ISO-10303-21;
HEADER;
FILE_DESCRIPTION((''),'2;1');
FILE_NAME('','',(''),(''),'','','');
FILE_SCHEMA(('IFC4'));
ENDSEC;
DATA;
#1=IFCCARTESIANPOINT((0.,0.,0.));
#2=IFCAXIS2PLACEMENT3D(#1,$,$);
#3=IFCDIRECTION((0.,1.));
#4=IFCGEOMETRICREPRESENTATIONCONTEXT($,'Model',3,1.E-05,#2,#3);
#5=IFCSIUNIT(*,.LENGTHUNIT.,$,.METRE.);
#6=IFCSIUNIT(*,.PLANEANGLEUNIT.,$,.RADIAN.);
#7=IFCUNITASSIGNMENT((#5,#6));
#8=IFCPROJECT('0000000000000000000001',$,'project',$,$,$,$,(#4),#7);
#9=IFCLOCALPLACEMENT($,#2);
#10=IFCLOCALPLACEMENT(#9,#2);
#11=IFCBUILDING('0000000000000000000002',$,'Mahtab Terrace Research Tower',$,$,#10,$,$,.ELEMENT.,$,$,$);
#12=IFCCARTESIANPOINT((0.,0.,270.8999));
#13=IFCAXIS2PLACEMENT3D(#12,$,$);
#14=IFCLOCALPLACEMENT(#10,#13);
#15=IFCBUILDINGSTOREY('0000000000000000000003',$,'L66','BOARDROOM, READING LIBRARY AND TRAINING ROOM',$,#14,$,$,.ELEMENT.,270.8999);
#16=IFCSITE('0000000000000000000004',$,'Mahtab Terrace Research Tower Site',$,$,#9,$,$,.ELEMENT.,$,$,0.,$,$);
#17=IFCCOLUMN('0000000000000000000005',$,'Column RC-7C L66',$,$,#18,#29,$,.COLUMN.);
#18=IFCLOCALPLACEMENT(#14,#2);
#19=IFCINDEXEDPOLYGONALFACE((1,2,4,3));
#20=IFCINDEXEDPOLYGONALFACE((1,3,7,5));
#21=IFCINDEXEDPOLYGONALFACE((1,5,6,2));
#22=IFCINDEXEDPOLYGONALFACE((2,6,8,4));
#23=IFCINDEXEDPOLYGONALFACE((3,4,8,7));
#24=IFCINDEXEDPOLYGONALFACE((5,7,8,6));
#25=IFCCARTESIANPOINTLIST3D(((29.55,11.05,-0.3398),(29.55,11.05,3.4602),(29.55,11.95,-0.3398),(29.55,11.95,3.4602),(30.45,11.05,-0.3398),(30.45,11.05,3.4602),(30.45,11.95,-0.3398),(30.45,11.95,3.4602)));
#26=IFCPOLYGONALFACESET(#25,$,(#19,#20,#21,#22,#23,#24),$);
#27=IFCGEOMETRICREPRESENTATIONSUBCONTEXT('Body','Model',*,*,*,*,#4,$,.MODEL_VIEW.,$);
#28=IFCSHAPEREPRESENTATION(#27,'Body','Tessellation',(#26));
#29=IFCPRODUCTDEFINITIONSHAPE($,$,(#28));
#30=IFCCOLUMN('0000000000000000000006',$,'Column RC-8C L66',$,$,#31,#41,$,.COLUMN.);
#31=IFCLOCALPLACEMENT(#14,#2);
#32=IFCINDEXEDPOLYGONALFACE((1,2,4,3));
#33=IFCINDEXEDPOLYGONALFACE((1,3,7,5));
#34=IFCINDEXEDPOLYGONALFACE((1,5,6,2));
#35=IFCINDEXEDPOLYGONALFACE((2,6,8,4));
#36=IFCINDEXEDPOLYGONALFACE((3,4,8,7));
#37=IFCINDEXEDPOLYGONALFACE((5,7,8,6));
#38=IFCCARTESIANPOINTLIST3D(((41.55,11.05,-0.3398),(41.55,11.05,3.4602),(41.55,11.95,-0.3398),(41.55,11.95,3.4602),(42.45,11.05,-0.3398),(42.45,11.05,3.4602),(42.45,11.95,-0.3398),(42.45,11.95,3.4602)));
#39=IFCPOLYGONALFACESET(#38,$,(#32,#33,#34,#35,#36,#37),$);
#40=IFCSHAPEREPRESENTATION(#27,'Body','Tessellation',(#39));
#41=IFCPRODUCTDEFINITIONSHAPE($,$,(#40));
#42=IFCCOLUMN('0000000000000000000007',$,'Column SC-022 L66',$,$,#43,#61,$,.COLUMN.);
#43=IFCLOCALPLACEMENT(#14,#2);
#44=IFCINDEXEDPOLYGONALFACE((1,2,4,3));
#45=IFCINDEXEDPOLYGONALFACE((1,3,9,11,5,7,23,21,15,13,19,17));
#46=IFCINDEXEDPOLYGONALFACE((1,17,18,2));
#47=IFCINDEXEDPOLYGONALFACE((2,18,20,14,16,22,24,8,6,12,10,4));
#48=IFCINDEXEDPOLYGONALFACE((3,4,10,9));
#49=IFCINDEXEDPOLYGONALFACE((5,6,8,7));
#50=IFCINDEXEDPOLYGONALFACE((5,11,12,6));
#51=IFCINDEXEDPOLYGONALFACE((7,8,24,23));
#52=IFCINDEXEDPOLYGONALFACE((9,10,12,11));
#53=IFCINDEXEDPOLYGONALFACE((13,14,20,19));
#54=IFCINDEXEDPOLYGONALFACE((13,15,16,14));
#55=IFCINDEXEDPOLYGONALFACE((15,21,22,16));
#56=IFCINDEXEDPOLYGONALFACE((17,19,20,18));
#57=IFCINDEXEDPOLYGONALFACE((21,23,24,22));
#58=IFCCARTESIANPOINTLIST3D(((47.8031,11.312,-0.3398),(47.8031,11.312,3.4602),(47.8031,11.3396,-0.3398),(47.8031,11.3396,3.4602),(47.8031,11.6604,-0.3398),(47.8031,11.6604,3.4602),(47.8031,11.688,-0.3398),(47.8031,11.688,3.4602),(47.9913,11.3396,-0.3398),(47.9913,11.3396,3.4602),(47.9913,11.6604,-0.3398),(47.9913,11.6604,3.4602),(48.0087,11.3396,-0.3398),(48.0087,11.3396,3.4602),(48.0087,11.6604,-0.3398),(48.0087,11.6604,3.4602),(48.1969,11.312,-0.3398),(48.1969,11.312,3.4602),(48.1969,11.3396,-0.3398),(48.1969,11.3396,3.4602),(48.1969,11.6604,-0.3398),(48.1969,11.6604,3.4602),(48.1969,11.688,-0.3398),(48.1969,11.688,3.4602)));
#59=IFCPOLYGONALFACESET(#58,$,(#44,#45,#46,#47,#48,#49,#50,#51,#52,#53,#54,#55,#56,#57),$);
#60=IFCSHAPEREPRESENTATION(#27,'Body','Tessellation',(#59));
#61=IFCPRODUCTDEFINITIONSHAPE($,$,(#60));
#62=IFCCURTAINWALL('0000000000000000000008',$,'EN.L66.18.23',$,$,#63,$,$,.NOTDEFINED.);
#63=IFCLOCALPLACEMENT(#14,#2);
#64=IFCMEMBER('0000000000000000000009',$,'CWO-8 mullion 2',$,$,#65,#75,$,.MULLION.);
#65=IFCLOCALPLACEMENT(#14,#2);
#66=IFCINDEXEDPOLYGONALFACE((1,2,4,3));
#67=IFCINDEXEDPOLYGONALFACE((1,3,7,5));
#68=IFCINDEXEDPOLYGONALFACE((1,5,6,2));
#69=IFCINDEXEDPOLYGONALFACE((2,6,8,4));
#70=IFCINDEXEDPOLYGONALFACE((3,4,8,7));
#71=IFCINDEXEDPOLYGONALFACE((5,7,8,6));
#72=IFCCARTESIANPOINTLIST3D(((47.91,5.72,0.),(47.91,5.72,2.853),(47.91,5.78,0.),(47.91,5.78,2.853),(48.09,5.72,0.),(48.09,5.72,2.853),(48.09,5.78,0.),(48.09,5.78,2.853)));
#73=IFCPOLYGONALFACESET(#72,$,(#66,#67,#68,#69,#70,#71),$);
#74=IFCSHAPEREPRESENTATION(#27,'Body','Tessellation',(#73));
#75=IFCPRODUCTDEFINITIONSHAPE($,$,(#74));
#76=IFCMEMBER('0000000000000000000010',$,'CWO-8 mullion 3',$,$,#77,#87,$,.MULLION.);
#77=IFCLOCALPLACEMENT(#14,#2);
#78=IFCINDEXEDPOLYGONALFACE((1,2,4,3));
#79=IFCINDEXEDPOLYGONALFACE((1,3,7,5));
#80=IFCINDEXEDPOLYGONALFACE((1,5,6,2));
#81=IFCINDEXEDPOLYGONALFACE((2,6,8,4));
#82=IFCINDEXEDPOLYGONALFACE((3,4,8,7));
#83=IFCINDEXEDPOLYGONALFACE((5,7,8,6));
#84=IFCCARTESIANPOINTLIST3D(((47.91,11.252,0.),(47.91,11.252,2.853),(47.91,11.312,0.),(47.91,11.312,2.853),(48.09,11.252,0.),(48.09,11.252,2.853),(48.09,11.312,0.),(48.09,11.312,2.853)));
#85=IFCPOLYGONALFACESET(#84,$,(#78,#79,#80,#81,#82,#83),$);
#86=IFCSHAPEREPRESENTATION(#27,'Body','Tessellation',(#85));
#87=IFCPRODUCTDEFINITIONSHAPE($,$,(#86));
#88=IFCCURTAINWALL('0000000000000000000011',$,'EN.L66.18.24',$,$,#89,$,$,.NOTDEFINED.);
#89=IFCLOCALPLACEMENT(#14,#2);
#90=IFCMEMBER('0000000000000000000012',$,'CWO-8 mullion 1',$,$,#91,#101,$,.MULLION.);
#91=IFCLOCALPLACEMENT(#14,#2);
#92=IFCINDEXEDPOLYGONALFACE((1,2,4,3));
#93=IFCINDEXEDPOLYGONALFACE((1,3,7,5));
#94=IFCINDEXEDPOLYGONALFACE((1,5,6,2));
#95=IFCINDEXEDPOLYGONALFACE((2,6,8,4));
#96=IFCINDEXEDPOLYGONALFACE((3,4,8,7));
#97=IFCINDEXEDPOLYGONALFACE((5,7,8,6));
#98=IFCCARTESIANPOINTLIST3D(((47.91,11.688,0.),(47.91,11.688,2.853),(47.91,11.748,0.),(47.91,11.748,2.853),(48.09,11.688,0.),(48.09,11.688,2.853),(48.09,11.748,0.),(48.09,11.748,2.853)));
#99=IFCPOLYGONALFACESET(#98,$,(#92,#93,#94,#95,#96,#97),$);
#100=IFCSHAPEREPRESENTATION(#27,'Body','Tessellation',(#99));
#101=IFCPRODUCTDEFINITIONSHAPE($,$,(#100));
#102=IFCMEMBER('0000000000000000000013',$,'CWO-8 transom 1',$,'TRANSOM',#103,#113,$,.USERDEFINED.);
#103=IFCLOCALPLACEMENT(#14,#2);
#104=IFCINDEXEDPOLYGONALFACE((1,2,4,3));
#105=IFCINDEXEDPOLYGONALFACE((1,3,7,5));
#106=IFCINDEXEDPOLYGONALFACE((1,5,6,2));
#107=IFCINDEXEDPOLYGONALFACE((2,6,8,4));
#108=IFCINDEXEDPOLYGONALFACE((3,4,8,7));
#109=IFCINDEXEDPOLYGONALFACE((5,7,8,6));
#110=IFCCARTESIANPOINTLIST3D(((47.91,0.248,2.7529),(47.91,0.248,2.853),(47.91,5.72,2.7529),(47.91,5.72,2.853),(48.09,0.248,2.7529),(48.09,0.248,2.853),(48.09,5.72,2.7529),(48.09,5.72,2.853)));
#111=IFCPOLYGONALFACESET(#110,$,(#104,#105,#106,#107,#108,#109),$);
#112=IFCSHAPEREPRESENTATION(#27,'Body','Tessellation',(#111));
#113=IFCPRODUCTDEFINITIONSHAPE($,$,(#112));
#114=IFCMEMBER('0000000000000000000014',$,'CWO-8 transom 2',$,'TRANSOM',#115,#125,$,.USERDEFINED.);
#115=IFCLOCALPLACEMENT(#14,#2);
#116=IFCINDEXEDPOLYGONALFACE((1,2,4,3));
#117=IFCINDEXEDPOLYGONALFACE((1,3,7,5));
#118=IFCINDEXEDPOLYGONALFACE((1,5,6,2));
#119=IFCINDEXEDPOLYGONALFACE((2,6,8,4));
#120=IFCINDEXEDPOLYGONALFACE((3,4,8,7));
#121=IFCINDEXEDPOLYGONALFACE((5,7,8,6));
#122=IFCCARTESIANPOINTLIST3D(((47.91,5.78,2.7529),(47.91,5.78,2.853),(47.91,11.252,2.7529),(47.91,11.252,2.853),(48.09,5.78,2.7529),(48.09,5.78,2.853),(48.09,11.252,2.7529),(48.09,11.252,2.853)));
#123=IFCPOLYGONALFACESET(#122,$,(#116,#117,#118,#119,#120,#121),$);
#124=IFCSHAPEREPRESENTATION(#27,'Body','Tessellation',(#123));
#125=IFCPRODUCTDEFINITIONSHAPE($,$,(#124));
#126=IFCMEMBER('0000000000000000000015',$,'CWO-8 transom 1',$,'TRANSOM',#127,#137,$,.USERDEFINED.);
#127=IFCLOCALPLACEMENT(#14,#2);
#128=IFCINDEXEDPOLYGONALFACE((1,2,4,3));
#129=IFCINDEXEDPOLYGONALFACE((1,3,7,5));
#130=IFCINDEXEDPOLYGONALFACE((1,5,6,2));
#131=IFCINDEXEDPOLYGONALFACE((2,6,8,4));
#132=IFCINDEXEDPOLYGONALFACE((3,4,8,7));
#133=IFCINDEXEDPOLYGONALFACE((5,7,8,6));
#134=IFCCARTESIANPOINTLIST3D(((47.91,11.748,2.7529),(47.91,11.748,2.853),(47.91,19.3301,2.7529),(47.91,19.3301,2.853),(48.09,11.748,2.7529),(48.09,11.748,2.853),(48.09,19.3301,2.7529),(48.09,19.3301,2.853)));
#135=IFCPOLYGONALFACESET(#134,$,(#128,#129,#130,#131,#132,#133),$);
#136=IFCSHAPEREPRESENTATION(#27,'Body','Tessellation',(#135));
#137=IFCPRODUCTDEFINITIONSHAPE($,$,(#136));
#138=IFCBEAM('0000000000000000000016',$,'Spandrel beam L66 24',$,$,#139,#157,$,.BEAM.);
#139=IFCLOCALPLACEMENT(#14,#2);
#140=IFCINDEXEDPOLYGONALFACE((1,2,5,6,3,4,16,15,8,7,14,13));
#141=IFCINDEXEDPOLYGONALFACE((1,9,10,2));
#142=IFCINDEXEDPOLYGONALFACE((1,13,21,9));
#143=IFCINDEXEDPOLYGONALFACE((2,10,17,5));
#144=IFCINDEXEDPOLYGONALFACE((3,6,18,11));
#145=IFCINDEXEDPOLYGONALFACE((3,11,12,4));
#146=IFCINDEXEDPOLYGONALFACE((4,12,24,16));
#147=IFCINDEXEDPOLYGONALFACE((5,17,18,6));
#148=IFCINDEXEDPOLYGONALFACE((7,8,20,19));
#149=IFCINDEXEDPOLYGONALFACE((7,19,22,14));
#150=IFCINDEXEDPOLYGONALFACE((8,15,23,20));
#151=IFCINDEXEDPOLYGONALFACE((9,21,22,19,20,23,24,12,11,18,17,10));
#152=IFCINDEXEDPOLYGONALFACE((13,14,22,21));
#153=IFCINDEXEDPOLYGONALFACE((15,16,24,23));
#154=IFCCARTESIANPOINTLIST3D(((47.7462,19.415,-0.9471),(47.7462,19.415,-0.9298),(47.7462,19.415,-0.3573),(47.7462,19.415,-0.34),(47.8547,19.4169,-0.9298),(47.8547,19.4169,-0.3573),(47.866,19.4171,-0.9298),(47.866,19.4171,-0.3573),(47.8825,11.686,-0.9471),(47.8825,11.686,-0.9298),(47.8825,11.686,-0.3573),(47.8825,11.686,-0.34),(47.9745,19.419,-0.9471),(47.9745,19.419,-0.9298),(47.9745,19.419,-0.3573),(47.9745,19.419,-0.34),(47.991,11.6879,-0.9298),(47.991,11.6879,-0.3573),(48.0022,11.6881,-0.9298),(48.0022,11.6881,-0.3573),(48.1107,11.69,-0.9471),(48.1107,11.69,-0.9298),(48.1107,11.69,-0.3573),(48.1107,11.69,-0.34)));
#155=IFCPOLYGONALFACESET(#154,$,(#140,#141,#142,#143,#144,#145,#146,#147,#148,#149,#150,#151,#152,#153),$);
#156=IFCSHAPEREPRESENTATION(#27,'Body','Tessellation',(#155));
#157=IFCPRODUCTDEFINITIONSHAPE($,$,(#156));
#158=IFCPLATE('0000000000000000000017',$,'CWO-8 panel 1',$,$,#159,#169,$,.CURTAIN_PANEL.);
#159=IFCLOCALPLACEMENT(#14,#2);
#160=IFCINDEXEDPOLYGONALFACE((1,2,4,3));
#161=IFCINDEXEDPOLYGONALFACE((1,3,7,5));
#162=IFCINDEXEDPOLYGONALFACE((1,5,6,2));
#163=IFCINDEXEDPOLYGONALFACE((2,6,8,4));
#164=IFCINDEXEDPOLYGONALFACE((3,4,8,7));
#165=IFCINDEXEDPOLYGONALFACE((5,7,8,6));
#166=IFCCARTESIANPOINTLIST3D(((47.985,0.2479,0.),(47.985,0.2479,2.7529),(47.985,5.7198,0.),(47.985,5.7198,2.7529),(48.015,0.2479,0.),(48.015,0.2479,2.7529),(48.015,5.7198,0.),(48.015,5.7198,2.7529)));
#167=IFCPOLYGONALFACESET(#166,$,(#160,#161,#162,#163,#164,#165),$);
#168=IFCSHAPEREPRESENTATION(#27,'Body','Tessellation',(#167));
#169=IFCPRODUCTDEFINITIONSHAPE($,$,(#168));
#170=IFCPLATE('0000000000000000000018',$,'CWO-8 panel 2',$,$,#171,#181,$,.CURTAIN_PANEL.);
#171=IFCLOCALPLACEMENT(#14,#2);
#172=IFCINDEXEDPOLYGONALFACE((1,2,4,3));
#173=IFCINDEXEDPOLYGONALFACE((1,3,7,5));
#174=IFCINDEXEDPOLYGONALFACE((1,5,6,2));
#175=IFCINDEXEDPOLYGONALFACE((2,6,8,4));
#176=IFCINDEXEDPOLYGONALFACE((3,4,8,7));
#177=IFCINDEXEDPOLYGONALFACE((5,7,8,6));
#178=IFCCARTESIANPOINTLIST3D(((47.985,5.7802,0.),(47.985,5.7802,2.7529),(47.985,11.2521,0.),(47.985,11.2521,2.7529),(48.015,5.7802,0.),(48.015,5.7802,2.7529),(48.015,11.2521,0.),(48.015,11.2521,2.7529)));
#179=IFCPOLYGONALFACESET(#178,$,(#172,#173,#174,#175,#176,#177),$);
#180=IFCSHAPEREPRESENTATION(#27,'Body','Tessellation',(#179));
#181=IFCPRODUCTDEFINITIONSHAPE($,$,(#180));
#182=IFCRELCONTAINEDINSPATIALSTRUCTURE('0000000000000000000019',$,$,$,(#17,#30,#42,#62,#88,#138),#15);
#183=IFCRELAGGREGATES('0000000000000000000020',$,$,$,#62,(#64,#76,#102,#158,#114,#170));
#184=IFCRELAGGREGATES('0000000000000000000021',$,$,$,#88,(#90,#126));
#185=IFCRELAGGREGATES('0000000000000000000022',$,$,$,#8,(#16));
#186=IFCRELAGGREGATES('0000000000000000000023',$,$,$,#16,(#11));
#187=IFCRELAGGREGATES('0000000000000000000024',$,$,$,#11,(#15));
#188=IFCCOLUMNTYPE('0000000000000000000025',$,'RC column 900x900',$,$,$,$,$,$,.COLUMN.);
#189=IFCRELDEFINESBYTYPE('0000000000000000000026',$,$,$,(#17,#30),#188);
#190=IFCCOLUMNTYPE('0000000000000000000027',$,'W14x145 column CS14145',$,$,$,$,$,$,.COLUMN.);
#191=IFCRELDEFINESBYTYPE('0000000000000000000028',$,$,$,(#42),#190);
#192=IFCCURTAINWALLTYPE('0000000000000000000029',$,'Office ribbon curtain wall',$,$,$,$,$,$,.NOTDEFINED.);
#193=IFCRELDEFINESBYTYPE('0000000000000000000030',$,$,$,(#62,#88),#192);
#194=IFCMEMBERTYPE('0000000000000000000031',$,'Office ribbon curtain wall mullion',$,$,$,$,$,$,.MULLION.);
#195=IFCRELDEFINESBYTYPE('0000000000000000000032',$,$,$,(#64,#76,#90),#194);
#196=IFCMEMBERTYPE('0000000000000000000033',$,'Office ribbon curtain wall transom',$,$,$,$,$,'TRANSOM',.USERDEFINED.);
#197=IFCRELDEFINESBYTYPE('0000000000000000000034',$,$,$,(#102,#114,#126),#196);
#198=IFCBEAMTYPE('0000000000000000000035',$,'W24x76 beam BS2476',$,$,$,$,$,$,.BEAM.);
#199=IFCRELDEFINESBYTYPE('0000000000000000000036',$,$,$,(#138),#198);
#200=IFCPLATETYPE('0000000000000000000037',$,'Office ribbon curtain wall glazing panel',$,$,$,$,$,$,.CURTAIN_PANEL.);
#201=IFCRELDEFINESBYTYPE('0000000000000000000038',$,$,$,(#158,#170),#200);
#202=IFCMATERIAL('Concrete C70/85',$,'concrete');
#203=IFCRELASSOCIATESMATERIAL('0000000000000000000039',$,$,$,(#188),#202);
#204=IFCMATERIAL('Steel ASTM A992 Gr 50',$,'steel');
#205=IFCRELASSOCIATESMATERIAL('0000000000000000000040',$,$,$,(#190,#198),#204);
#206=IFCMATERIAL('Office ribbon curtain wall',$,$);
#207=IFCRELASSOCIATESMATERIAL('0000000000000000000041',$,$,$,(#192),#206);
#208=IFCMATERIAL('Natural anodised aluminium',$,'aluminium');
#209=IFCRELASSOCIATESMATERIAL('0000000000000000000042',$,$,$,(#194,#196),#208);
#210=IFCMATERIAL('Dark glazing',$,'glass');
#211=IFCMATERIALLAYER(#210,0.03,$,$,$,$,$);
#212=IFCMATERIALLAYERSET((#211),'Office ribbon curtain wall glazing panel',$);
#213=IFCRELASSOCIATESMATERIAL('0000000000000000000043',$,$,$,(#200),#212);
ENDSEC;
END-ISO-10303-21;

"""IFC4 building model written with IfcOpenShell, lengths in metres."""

from ifc_helpers import new_model, si_unit, direction, frame, origin, origin_2d, place, context, subcontext, project, spatial, rectangle, i_section, extrude, material, layer, layer_set, material_profile, profile_set, type_object, element, aggregate, save


model = new_model("IFC4")

# Units and contexts
model_context = context("Model", 3, precision=1e-05, world=origin(), true_north=direction((0.0, 1.0)))
body_context = subcontext(model_context, "Body", "Model", "MODEL_VIEW")
ifc_project = project(units=[si_unit("LENGTHUNIT", "METRE"), si_unit("PLANEANGLEUNIT", "RADIAN")], contexts=[model_context])

# Site, building, storey
site_placement = place(None, origin())
site = spatial("IfcSite", under=ifc_project, at=site_placement, Name="Mahtab Terrace Research Tower Site", CompositionType="ELEMENT", RefElevation=0.0)
building_placement = place(site_placement, origin())
building = spatial("IfcBuilding", under=site, at=building_placement, Name="Mahtab Terrace Research Tower", CompositionType="ELEMENT")
storey_placement = place(building_placement, frame((0.0, 0.0, 270.8999)))
storey = spatial("IfcBuildingStorey", under=building, at=storey_placement, Name="L66", Description="BOARDROOM, READING LIBRARY AND TRAINING ROOM", CompositionType="ELEMENT", Elevation=270.8999)

# Columns
ifc_material_1 = material(Name="Concrete C70/85", Category="concrete")
ifc_material_profile_1 = material_profile(ifc_material_1, rectangle(XDim=0.8999, YDim=0.8999, at=origin_2d()), Name="RC column 900x900")
ifc_profile_set_1 = profile_set([ifc_material_profile_1], Name="Concrete C70/85")
column_type_1 = type_object("IfcColumnType", Name="RC column 900x900", PredefinedType="COLUMN", material=ifc_profile_set_1)
for number, where, z_axis, x_axis, name in (
    (1, (30.0, 11.5, -0.3398), (0.0, 0.0, 1.0), (1.0, 0.0, 0.0), "Column RC-7C L66"),
    (2, (42.0, 11.5, -0.3398), (0.0, 0.0, 1.0), (1.0, 0.0, 0.0), "Column RC-8C L66"),
):
    element("IfcColumn", number, at=place(storey_placement, frame(where, z_axis=z_axis, x_axis=x_axis)), inside=storey, type_object=column_type_1, Name=name, PredefinedType="COLUMN", context=body_context, shape_type="SweptSolid", body=[
        extrude(rectangle(XDim=0.8999, YDim=0.8999, at=origin_2d()), origin(), (0.0, 0.0, 1.0), 3.8),
    ])
ifc_material_2 = material(Name="Steel ASTM A992 Gr 50", Category="steel")
ifc_material_profile_2 = material_profile(ifc_material_2, i_section(OverallWidth=0.3938, OverallDepth=0.376, WebThickness=0.0173, FlangeThickness=0.0276, at=origin_2d()), Name="W14X145")
ifc_profile_set_2 = profile_set([ifc_material_profile_2], Name="Steel ASTM A992 Gr 50")
column_type_2 = type_object("IfcColumnType", Name="W14x145 column CS14145", PredefinedType="COLUMN", material=ifc_profile_set_2)
column_placement = place(storey_placement, frame((48.0, 11.5, -0.3398), z_axis=(0.0, 0.0, 1.0), x_axis=(1.0, 0.0, 0.0)))
element("IfcColumn", 3, at=column_placement, inside=storey, type_object=column_type_2, Name="Column SC-022 L66", PredefinedType="COLUMN", context=body_context, shape_type="SweptSolid", body=[
    extrude(i_section(OverallWidth=0.3938, OverallDepth=0.376, WebThickness=0.0173, FlangeThickness=0.0276, at=origin_2d()), origin(), (0.0, 0.0, 1.0), 3.8),
])

# Curtain wall, members
ifc_material_3 = material(Name="Office ribbon curtain wall")
curtain_wall_type = type_object("IfcCurtainWallType", Name="Office ribbon curtain wall", PredefinedType="NOTDEFINED", material=ifc_material_3)
curtain_wall_1_placement = place(storey_placement, origin())
curtain_wall_1 = element("IfcCurtainWall", 4, at=curtain_wall_1_placement, inside=storey, type_object=curtain_wall_type, Name="EN.L66.18.23", PredefinedType="NOTDEFINED")
ifc_material_4 = material(Name="Natural anodised aluminium", Category="aluminium")
ifc_material_profile_3 = material_profile(ifc_material_4, rectangle(XDim=0.1799, YDim=0.0601, at=origin_2d()), Name="MULLION 60x180")
ifc_profile_set_3 = profile_set([ifc_material_profile_3], Name="Natural anodised aluminium")
member_type_1 = type_object("IfcMemberType", Name="Office ribbon curtain wall mullion", PredefinedType="MULLION", material=ifc_profile_set_3)
member_1_placement = place(storey_placement, frame((48.0, 5.75, 0.0), z_axis=(0.0, 0.0, 1.0), x_axis=(-1.0, 0.0, 0.0)))
member_1 = element("IfcMember", 5, at=member_1_placement, type_object=member_type_1, Name="CWO-8 mullion 2", PredefinedType="MULLION", context=body_context, shape_type="SweptSolid", body=[
    extrude(rectangle(XDim=0.1799, YDim=0.0601, at=origin_2d()), origin(), (0.0, 0.0, 1.0), 2.853),
])
member_2_placement = place(storey_placement, frame((48.0, 11.282, 0.0), z_axis=(0.0, 0.0, 1.0), x_axis=(-1.0, 0.0, 0.0)))
member_2 = element("IfcMember", 6, at=member_2_placement, type_object=member_type_1, Name="CWO-8 mullion 3", PredefinedType="MULLION", context=body_context, shape_type="SweptSolid", body=[
    extrude(rectangle(XDim=0.1799, YDim=0.0601, at=origin_2d()), origin(), (0.0, 0.0, 1.0), 2.853),
])

# Curtain wall, member
curtain_wall_2_placement = place(storey_placement, origin())
curtain_wall_2 = element("IfcCurtainWall", 7, at=curtain_wall_2_placement, inside=storey, type_object=curtain_wall_type, Name="EN.L66.18.24", PredefinedType="NOTDEFINED")
member_3_placement = place(storey_placement, frame((48.0, 11.718, 0.0), z_axis=(0.0, 0.0, 1.0), x_axis=(-1.0, 0.0, 0.0)))
member_3 = element("IfcMember", 8, at=member_3_placement, type_object=member_type_1, Name="CWO-8 mullion 1", PredefinedType="MULLION", context=body_context, shape_type="SweptSolid", body=[
    extrude(rectangle(XDim=0.1799, YDim=0.0601, at=origin_2d()), origin(), (0.0, 0.0, 1.0), 2.853),
])

# Members
ifc_material_profile_4 = material_profile(ifc_material_4, rectangle(XDim=0.1799, YDim=0.1001, at=origin_2d()), Name="TRANSOM 100x180")
ifc_profile_set_4 = profile_set([ifc_material_profile_4], Name="Natural anodised aluminium")
member_type_2 = type_object("IfcMemberType", Name="Office ribbon curtain wall transom", ElementType="TRANSOM", PredefinedType="USERDEFINED", material=ifc_profile_set_4)
member_4_placement = place(storey_placement, frame((48.0, 0.248, 2.803), z_axis=(0.0, 1.0, 0.0), x_axis=(-1.0, 0.0, 0.0)))
member_4 = element("IfcMember", 9, at=member_4_placement, type_object=member_type_2, Name="CWO-8 transom 1", ObjectType="TRANSOM", PredefinedType="USERDEFINED", context=body_context, shape_type="SweptSolid", body=[
    extrude(rectangle(XDim=0.1799, YDim=0.1001, at=origin_2d()), origin(), (0.0, 0.0, 1.0), 5.4719),
])
member_5_placement = place(storey_placement, frame((48.0, 5.78, 2.803), z_axis=(0.0, 1.0, 0.0), x_axis=(-1.0, 0.0, 0.0)))
member_5 = element("IfcMember", 10, at=member_5_placement, type_object=member_type_2, Name="CWO-8 transom 2", ObjectType="TRANSOM", PredefinedType="USERDEFINED", context=body_context, shape_type="SweptSolid", body=[
    extrude(rectangle(XDim=0.1799, YDim=0.1001, at=origin_2d()), origin(), (0.0, 0.0, 1.0), 5.4719),
])
member_6_placement = place(storey_placement, frame((48.0, 11.748, 2.803), z_axis=(0.0, 1.0, 0.0), x_axis=(-1.0, 0.0, 0.0)))
member_6 = element("IfcMember", 11, at=member_6_placement, type_object=member_type_2, Name="CWO-8 transom 1", ObjectType="TRANSOM", PredefinedType="USERDEFINED", context=body_context, shape_type="SweptSolid", body=[
    extrude(rectangle(XDim=0.1799, YDim=0.1001, at=origin_2d()), origin(), (0.0, 0.0, 1.0), 7.582),
])

# Beam
ifc_material_profile_5 = material_profile(ifc_material_2, i_section(OverallWidth=0.2283, OverallDepth=0.6072, WebThickness=0.0112, FlangeThickness=0.0173, at=origin_2d()), Name="W24X76")
ifc_profile_set_5 = profile_set([ifc_material_profile_5], Name="Steel ASTM A992 Gr 50")
beam_type = type_object("IfcBeamType", Name="W24x76 beam BS2476", PredefinedType="BEAM", material=ifc_profile_set_5)
beam_placement = place(storey_placement, frame((47.9966, 11.688, -0.6436), z_axis=(-0.017623, 0.999845, 0.0), x_axis=(-0.999845, -0.017623, 0.0)))
element("IfcBeam", 12, at=beam_placement, inside=storey, type_object=beam_type, Name="Spandrel beam L66 24", PredefinedType="BEAM", context=body_context, shape_type="SweptSolid", body=[
    extrude(i_section(OverallWidth=0.2283, OverallDepth=0.6072, WebThickness=0.0112, FlangeThickness=0.0173, at=origin_2d()), origin(), (0.0, 0.0, 1.0), 7.7302),
])

# Plates
ifc_material_5 = material(Name="Dark glazing", Category="glass")
ifc_layer_1 = layer(ifc_material_5, 0.03)
ifc_layer_set_1 = layer_set([ifc_layer_1], Name="Office ribbon curtain wall glazing panel")
plate_type = type_object("IfcPlateType", Name="Office ribbon curtain wall glazing panel", PredefinedType="CURTAIN_PANEL", material=ifc_layer_set_1)
plate_1_placement = place(storey_placement, frame((48.0, 2.9839, 0.0), z_axis=(0.0, 0.0, 1.0), x_axis=(0.0, 1.0, 0.0)))
plate_1 = element("IfcPlate", 13, at=plate_1_placement, type_object=plate_type, Name="CWO-8 panel 1", PredefinedType="CURTAIN_PANEL", context=body_context, shape_type="SweptSolid", body=[
    extrude(rectangle(XDim=5.4719, YDim=0.03, at=origin_2d()), origin(), (0.0, 0.0, 1.0), 2.7529),
])
plate_2_placement = place(storey_placement, frame((48.0, 8.5161, 0.0), z_axis=(0.0, 0.0, 1.0), x_axis=(0.0, 1.0, 0.0)))
plate_2 = element("IfcPlate", 14, at=plate_2_placement, type_object=plate_type, Name="CWO-8 panel 2", PredefinedType="CURTAIN_PANEL", context=body_context, shape_type="SweptSolid", body=[
    extrude(rectangle(XDim=5.4719, YDim=0.03, at=origin_2d()), origin(), (0.0, 0.0, 1.0), 2.7529),
])
aggregate(curtain_wall_1, [member_1, member_2, member_4, plate_1, member_5, plate_2])
aggregate(curtain_wall_2, [member_3, member_6])

save(model, "model.ifc")
